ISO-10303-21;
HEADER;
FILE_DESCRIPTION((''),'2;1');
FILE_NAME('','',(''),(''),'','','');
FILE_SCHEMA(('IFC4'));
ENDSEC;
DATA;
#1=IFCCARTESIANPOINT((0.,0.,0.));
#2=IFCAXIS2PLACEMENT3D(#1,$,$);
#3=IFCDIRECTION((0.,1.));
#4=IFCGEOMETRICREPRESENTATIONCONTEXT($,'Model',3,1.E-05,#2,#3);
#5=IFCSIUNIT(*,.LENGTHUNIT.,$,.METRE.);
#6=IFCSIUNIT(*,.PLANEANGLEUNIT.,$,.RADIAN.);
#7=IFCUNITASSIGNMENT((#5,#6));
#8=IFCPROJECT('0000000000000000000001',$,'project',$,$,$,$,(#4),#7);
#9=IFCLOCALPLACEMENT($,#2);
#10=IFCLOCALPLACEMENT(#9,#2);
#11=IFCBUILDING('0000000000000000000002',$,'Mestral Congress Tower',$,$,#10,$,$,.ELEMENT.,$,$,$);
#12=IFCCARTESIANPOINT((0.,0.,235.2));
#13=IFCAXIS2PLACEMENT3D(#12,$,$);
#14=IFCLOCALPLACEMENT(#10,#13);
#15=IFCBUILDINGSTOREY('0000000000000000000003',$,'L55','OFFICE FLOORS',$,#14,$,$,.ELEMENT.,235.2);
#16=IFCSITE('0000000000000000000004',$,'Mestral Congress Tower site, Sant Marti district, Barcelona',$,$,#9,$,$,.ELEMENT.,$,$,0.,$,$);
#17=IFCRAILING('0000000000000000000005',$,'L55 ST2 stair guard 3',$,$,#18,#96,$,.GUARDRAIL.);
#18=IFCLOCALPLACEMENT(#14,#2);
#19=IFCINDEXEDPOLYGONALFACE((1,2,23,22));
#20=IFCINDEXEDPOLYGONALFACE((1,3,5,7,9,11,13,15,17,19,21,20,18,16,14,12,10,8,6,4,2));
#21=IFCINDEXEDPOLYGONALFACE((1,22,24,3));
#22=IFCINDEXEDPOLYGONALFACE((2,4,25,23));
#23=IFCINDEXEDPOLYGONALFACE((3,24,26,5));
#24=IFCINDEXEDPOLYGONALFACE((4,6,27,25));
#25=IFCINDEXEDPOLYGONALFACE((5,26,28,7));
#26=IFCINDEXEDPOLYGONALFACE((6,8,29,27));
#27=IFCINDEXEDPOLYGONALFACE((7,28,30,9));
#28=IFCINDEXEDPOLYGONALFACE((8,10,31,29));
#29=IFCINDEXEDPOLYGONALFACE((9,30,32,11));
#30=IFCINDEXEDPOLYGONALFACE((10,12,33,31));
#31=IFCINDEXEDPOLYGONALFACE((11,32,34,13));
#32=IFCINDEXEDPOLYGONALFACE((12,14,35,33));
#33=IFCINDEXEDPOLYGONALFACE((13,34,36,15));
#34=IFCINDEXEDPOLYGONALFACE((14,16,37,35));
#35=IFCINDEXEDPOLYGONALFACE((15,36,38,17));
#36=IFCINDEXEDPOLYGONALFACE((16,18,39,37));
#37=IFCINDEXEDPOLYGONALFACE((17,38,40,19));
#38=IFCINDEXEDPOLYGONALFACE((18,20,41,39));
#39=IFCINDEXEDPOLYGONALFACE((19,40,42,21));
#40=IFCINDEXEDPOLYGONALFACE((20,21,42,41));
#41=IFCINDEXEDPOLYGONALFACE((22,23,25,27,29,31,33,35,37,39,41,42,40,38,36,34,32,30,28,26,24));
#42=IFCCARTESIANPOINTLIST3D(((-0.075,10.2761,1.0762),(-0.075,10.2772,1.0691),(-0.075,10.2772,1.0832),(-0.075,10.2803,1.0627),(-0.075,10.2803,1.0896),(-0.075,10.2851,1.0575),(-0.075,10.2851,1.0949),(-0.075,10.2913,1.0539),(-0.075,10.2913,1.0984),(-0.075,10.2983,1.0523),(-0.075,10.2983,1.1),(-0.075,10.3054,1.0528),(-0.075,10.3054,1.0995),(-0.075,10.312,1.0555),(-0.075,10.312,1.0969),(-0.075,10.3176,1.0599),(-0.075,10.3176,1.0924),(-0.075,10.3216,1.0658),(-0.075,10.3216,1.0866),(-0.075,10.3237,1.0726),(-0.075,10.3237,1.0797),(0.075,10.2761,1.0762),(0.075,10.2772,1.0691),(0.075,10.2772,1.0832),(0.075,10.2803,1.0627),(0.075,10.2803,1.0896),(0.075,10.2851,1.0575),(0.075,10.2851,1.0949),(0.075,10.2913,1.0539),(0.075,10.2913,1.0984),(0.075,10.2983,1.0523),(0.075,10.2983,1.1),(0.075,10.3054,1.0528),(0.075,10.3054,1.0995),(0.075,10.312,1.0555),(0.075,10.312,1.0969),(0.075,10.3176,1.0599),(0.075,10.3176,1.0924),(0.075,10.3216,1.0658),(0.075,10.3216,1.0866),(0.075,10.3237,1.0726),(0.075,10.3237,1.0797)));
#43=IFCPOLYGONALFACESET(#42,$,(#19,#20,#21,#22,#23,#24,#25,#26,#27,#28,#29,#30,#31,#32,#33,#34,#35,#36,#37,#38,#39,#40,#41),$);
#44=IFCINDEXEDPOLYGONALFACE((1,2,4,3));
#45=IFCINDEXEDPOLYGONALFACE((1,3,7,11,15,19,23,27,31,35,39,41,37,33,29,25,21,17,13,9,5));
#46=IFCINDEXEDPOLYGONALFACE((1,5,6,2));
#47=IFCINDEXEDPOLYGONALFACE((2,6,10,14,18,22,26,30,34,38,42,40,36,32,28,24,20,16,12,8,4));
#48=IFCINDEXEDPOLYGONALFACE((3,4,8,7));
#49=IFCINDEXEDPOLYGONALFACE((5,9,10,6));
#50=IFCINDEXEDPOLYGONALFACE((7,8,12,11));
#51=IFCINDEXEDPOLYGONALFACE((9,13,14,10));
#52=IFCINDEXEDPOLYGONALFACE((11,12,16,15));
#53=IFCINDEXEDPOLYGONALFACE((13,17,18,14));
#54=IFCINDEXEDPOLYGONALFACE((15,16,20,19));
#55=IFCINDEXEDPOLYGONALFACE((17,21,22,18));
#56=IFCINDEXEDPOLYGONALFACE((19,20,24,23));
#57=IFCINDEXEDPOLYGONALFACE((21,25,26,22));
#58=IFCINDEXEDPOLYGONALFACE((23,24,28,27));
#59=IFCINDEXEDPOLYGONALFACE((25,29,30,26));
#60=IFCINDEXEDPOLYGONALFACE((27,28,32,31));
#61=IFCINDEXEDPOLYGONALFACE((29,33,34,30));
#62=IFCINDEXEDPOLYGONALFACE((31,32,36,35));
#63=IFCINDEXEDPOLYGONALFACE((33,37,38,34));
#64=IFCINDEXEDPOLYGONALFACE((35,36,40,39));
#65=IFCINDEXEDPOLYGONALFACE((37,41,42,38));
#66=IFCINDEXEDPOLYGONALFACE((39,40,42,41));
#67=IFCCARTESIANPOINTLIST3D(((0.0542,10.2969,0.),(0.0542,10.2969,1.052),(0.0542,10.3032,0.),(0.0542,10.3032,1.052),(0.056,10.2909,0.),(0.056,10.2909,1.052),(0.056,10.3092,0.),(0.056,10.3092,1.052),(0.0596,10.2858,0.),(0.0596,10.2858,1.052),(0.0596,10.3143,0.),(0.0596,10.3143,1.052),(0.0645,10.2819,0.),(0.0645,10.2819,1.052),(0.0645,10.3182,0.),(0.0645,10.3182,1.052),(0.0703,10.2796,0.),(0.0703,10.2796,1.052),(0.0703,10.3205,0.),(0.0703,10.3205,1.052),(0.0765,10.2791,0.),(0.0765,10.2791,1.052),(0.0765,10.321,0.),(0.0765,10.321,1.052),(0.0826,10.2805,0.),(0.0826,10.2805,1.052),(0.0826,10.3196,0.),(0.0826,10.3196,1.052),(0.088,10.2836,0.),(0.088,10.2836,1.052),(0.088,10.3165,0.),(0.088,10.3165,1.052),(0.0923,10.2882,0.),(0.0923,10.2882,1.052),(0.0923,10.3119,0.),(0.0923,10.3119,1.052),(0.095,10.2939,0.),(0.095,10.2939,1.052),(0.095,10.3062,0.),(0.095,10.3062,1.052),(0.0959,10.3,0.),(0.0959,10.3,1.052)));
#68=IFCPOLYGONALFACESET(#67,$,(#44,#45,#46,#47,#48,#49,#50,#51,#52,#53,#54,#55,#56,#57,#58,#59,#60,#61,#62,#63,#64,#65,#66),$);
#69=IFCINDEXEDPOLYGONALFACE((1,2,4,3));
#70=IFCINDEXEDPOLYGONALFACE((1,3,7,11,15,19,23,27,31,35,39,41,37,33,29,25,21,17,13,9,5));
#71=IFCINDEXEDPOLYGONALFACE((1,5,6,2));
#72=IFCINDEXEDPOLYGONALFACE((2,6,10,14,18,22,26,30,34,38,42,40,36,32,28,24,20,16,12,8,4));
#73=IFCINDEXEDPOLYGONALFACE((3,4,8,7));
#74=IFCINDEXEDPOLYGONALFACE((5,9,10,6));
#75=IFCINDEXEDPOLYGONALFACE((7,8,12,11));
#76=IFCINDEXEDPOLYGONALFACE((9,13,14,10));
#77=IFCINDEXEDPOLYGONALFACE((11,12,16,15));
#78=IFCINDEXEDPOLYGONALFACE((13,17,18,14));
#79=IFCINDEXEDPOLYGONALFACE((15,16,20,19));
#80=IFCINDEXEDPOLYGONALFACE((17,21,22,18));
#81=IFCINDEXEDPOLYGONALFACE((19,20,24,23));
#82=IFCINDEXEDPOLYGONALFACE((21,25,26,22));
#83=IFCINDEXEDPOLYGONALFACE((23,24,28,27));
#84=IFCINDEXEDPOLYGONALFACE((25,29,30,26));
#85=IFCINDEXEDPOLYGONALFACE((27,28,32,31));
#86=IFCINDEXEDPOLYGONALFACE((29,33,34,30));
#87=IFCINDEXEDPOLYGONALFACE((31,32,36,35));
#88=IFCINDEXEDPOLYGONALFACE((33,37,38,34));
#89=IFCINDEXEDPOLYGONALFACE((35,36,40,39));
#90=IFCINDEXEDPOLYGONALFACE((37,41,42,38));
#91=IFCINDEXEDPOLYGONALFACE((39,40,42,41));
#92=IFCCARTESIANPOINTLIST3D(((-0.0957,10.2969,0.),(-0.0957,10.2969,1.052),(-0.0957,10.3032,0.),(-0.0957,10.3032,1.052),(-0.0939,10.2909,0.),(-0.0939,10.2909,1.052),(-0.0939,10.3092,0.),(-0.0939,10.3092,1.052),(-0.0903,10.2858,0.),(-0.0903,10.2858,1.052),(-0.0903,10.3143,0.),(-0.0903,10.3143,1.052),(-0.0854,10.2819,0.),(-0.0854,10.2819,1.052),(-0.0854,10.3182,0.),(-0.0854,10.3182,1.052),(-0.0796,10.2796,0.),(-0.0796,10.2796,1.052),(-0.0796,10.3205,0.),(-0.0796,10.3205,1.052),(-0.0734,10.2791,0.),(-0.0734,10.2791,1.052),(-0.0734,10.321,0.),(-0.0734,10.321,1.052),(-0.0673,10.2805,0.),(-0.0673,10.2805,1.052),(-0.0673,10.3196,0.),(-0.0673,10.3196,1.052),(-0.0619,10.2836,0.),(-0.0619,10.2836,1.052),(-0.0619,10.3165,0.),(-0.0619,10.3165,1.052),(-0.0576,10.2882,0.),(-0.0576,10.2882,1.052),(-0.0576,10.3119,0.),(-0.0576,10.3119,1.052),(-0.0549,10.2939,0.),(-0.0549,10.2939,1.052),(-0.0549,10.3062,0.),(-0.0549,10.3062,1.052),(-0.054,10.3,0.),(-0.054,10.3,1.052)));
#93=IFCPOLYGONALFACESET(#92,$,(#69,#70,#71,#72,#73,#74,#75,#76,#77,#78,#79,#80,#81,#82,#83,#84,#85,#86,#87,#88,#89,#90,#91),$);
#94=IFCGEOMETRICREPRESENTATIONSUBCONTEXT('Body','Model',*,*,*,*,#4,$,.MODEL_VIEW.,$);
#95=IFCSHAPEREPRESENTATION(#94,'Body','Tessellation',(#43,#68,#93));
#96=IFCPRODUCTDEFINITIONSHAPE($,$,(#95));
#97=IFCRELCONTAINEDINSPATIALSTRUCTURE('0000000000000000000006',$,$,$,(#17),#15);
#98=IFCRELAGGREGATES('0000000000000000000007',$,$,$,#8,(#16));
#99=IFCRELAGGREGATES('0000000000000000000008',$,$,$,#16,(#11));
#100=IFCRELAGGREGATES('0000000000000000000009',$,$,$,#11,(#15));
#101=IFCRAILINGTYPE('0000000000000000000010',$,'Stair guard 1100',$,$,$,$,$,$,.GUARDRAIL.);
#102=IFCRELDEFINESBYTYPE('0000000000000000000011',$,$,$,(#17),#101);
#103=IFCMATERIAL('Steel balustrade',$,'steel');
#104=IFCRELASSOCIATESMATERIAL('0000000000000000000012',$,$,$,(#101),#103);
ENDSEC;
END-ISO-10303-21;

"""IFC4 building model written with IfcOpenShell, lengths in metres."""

from ifc_helpers import new_model, si_unit, direction, frame, origin, origin_2d, place, context, subcontext, project, spatial, circle, extrude, material, type_object, element, save


model = new_model("IFC4")

# Units and contexts
model_context = context("Model", 3, precision=1e-05, world=origin(), true_north=direction((0.0, 1.0)))
body_context = subcontext(model_context, "Body", "Model", "MODEL_VIEW")
ifc_project = project(units=[si_unit("LENGTHUNIT", "METRE"), si_unit("PLANEANGLEUNIT", "RADIAN")], contexts=[model_context])

# Site, building, storey
site_placement = place(None, origin())
site = spatial("IfcSite", under=ifc_project, at=site_placement, Name="Mestral Congress Tower site, Sant Marti district, Barcelona", CompositionType="ELEMENT", RefElevation=0.0)
building_placement = place(site_placement, origin())
building = spatial("IfcBuilding", under=site, at=building_placement, Name="Mestral Congress Tower", CompositionType="ELEMENT")
storey_placement = place(building_placement, frame((0.0, 0.0, 235.2)))
storey = spatial("IfcBuildingStorey", under=building, at=storey_placement, Name="L55", Description="OFFICE FLOORS", CompositionType="ELEMENT", Elevation=235.2)

# Railing
ifc_material_1 = material(Name="Steel balustrade", Category="steel")
railing_type_1 = type_object("IfcRailingType", Name="Stair guard 1100", PredefinedType="GUARDRAIL", material=ifc_material_1)
railing_1_placement = place(storey_placement, frame((0.075, 10.3, 0.0)))
element("IfcRailing", 1, at=railing_1_placement, inside=storey, type_object=railing_type_1, Name="L55 ST2 stair guard 3", PredefinedType="GUARDRAIL", context=body_context, shape_type="SweptSolid", body=[
    extrude(circle(Radius=0.0239, at=origin_2d()), frame((0.0, 0.0, 1.0762), z_axis=(-1.0, 0.0, 0.0), x_axis=(0.0, -1.0, 0.0)), (0.0, 0.0, 1.0), 0.1499),
    extrude(circle(Radius=0.021, at=origin_2d()), origin(), (0.0, 0.0, 1.0), 1.052),
    extrude(circle(Radius=0.021, at=origin_2d()), frame((-0.1499, 0.0, 0.0)), (0.0, 0.0, 1.0), 1.052),
])

save(model, "model.ifc")
